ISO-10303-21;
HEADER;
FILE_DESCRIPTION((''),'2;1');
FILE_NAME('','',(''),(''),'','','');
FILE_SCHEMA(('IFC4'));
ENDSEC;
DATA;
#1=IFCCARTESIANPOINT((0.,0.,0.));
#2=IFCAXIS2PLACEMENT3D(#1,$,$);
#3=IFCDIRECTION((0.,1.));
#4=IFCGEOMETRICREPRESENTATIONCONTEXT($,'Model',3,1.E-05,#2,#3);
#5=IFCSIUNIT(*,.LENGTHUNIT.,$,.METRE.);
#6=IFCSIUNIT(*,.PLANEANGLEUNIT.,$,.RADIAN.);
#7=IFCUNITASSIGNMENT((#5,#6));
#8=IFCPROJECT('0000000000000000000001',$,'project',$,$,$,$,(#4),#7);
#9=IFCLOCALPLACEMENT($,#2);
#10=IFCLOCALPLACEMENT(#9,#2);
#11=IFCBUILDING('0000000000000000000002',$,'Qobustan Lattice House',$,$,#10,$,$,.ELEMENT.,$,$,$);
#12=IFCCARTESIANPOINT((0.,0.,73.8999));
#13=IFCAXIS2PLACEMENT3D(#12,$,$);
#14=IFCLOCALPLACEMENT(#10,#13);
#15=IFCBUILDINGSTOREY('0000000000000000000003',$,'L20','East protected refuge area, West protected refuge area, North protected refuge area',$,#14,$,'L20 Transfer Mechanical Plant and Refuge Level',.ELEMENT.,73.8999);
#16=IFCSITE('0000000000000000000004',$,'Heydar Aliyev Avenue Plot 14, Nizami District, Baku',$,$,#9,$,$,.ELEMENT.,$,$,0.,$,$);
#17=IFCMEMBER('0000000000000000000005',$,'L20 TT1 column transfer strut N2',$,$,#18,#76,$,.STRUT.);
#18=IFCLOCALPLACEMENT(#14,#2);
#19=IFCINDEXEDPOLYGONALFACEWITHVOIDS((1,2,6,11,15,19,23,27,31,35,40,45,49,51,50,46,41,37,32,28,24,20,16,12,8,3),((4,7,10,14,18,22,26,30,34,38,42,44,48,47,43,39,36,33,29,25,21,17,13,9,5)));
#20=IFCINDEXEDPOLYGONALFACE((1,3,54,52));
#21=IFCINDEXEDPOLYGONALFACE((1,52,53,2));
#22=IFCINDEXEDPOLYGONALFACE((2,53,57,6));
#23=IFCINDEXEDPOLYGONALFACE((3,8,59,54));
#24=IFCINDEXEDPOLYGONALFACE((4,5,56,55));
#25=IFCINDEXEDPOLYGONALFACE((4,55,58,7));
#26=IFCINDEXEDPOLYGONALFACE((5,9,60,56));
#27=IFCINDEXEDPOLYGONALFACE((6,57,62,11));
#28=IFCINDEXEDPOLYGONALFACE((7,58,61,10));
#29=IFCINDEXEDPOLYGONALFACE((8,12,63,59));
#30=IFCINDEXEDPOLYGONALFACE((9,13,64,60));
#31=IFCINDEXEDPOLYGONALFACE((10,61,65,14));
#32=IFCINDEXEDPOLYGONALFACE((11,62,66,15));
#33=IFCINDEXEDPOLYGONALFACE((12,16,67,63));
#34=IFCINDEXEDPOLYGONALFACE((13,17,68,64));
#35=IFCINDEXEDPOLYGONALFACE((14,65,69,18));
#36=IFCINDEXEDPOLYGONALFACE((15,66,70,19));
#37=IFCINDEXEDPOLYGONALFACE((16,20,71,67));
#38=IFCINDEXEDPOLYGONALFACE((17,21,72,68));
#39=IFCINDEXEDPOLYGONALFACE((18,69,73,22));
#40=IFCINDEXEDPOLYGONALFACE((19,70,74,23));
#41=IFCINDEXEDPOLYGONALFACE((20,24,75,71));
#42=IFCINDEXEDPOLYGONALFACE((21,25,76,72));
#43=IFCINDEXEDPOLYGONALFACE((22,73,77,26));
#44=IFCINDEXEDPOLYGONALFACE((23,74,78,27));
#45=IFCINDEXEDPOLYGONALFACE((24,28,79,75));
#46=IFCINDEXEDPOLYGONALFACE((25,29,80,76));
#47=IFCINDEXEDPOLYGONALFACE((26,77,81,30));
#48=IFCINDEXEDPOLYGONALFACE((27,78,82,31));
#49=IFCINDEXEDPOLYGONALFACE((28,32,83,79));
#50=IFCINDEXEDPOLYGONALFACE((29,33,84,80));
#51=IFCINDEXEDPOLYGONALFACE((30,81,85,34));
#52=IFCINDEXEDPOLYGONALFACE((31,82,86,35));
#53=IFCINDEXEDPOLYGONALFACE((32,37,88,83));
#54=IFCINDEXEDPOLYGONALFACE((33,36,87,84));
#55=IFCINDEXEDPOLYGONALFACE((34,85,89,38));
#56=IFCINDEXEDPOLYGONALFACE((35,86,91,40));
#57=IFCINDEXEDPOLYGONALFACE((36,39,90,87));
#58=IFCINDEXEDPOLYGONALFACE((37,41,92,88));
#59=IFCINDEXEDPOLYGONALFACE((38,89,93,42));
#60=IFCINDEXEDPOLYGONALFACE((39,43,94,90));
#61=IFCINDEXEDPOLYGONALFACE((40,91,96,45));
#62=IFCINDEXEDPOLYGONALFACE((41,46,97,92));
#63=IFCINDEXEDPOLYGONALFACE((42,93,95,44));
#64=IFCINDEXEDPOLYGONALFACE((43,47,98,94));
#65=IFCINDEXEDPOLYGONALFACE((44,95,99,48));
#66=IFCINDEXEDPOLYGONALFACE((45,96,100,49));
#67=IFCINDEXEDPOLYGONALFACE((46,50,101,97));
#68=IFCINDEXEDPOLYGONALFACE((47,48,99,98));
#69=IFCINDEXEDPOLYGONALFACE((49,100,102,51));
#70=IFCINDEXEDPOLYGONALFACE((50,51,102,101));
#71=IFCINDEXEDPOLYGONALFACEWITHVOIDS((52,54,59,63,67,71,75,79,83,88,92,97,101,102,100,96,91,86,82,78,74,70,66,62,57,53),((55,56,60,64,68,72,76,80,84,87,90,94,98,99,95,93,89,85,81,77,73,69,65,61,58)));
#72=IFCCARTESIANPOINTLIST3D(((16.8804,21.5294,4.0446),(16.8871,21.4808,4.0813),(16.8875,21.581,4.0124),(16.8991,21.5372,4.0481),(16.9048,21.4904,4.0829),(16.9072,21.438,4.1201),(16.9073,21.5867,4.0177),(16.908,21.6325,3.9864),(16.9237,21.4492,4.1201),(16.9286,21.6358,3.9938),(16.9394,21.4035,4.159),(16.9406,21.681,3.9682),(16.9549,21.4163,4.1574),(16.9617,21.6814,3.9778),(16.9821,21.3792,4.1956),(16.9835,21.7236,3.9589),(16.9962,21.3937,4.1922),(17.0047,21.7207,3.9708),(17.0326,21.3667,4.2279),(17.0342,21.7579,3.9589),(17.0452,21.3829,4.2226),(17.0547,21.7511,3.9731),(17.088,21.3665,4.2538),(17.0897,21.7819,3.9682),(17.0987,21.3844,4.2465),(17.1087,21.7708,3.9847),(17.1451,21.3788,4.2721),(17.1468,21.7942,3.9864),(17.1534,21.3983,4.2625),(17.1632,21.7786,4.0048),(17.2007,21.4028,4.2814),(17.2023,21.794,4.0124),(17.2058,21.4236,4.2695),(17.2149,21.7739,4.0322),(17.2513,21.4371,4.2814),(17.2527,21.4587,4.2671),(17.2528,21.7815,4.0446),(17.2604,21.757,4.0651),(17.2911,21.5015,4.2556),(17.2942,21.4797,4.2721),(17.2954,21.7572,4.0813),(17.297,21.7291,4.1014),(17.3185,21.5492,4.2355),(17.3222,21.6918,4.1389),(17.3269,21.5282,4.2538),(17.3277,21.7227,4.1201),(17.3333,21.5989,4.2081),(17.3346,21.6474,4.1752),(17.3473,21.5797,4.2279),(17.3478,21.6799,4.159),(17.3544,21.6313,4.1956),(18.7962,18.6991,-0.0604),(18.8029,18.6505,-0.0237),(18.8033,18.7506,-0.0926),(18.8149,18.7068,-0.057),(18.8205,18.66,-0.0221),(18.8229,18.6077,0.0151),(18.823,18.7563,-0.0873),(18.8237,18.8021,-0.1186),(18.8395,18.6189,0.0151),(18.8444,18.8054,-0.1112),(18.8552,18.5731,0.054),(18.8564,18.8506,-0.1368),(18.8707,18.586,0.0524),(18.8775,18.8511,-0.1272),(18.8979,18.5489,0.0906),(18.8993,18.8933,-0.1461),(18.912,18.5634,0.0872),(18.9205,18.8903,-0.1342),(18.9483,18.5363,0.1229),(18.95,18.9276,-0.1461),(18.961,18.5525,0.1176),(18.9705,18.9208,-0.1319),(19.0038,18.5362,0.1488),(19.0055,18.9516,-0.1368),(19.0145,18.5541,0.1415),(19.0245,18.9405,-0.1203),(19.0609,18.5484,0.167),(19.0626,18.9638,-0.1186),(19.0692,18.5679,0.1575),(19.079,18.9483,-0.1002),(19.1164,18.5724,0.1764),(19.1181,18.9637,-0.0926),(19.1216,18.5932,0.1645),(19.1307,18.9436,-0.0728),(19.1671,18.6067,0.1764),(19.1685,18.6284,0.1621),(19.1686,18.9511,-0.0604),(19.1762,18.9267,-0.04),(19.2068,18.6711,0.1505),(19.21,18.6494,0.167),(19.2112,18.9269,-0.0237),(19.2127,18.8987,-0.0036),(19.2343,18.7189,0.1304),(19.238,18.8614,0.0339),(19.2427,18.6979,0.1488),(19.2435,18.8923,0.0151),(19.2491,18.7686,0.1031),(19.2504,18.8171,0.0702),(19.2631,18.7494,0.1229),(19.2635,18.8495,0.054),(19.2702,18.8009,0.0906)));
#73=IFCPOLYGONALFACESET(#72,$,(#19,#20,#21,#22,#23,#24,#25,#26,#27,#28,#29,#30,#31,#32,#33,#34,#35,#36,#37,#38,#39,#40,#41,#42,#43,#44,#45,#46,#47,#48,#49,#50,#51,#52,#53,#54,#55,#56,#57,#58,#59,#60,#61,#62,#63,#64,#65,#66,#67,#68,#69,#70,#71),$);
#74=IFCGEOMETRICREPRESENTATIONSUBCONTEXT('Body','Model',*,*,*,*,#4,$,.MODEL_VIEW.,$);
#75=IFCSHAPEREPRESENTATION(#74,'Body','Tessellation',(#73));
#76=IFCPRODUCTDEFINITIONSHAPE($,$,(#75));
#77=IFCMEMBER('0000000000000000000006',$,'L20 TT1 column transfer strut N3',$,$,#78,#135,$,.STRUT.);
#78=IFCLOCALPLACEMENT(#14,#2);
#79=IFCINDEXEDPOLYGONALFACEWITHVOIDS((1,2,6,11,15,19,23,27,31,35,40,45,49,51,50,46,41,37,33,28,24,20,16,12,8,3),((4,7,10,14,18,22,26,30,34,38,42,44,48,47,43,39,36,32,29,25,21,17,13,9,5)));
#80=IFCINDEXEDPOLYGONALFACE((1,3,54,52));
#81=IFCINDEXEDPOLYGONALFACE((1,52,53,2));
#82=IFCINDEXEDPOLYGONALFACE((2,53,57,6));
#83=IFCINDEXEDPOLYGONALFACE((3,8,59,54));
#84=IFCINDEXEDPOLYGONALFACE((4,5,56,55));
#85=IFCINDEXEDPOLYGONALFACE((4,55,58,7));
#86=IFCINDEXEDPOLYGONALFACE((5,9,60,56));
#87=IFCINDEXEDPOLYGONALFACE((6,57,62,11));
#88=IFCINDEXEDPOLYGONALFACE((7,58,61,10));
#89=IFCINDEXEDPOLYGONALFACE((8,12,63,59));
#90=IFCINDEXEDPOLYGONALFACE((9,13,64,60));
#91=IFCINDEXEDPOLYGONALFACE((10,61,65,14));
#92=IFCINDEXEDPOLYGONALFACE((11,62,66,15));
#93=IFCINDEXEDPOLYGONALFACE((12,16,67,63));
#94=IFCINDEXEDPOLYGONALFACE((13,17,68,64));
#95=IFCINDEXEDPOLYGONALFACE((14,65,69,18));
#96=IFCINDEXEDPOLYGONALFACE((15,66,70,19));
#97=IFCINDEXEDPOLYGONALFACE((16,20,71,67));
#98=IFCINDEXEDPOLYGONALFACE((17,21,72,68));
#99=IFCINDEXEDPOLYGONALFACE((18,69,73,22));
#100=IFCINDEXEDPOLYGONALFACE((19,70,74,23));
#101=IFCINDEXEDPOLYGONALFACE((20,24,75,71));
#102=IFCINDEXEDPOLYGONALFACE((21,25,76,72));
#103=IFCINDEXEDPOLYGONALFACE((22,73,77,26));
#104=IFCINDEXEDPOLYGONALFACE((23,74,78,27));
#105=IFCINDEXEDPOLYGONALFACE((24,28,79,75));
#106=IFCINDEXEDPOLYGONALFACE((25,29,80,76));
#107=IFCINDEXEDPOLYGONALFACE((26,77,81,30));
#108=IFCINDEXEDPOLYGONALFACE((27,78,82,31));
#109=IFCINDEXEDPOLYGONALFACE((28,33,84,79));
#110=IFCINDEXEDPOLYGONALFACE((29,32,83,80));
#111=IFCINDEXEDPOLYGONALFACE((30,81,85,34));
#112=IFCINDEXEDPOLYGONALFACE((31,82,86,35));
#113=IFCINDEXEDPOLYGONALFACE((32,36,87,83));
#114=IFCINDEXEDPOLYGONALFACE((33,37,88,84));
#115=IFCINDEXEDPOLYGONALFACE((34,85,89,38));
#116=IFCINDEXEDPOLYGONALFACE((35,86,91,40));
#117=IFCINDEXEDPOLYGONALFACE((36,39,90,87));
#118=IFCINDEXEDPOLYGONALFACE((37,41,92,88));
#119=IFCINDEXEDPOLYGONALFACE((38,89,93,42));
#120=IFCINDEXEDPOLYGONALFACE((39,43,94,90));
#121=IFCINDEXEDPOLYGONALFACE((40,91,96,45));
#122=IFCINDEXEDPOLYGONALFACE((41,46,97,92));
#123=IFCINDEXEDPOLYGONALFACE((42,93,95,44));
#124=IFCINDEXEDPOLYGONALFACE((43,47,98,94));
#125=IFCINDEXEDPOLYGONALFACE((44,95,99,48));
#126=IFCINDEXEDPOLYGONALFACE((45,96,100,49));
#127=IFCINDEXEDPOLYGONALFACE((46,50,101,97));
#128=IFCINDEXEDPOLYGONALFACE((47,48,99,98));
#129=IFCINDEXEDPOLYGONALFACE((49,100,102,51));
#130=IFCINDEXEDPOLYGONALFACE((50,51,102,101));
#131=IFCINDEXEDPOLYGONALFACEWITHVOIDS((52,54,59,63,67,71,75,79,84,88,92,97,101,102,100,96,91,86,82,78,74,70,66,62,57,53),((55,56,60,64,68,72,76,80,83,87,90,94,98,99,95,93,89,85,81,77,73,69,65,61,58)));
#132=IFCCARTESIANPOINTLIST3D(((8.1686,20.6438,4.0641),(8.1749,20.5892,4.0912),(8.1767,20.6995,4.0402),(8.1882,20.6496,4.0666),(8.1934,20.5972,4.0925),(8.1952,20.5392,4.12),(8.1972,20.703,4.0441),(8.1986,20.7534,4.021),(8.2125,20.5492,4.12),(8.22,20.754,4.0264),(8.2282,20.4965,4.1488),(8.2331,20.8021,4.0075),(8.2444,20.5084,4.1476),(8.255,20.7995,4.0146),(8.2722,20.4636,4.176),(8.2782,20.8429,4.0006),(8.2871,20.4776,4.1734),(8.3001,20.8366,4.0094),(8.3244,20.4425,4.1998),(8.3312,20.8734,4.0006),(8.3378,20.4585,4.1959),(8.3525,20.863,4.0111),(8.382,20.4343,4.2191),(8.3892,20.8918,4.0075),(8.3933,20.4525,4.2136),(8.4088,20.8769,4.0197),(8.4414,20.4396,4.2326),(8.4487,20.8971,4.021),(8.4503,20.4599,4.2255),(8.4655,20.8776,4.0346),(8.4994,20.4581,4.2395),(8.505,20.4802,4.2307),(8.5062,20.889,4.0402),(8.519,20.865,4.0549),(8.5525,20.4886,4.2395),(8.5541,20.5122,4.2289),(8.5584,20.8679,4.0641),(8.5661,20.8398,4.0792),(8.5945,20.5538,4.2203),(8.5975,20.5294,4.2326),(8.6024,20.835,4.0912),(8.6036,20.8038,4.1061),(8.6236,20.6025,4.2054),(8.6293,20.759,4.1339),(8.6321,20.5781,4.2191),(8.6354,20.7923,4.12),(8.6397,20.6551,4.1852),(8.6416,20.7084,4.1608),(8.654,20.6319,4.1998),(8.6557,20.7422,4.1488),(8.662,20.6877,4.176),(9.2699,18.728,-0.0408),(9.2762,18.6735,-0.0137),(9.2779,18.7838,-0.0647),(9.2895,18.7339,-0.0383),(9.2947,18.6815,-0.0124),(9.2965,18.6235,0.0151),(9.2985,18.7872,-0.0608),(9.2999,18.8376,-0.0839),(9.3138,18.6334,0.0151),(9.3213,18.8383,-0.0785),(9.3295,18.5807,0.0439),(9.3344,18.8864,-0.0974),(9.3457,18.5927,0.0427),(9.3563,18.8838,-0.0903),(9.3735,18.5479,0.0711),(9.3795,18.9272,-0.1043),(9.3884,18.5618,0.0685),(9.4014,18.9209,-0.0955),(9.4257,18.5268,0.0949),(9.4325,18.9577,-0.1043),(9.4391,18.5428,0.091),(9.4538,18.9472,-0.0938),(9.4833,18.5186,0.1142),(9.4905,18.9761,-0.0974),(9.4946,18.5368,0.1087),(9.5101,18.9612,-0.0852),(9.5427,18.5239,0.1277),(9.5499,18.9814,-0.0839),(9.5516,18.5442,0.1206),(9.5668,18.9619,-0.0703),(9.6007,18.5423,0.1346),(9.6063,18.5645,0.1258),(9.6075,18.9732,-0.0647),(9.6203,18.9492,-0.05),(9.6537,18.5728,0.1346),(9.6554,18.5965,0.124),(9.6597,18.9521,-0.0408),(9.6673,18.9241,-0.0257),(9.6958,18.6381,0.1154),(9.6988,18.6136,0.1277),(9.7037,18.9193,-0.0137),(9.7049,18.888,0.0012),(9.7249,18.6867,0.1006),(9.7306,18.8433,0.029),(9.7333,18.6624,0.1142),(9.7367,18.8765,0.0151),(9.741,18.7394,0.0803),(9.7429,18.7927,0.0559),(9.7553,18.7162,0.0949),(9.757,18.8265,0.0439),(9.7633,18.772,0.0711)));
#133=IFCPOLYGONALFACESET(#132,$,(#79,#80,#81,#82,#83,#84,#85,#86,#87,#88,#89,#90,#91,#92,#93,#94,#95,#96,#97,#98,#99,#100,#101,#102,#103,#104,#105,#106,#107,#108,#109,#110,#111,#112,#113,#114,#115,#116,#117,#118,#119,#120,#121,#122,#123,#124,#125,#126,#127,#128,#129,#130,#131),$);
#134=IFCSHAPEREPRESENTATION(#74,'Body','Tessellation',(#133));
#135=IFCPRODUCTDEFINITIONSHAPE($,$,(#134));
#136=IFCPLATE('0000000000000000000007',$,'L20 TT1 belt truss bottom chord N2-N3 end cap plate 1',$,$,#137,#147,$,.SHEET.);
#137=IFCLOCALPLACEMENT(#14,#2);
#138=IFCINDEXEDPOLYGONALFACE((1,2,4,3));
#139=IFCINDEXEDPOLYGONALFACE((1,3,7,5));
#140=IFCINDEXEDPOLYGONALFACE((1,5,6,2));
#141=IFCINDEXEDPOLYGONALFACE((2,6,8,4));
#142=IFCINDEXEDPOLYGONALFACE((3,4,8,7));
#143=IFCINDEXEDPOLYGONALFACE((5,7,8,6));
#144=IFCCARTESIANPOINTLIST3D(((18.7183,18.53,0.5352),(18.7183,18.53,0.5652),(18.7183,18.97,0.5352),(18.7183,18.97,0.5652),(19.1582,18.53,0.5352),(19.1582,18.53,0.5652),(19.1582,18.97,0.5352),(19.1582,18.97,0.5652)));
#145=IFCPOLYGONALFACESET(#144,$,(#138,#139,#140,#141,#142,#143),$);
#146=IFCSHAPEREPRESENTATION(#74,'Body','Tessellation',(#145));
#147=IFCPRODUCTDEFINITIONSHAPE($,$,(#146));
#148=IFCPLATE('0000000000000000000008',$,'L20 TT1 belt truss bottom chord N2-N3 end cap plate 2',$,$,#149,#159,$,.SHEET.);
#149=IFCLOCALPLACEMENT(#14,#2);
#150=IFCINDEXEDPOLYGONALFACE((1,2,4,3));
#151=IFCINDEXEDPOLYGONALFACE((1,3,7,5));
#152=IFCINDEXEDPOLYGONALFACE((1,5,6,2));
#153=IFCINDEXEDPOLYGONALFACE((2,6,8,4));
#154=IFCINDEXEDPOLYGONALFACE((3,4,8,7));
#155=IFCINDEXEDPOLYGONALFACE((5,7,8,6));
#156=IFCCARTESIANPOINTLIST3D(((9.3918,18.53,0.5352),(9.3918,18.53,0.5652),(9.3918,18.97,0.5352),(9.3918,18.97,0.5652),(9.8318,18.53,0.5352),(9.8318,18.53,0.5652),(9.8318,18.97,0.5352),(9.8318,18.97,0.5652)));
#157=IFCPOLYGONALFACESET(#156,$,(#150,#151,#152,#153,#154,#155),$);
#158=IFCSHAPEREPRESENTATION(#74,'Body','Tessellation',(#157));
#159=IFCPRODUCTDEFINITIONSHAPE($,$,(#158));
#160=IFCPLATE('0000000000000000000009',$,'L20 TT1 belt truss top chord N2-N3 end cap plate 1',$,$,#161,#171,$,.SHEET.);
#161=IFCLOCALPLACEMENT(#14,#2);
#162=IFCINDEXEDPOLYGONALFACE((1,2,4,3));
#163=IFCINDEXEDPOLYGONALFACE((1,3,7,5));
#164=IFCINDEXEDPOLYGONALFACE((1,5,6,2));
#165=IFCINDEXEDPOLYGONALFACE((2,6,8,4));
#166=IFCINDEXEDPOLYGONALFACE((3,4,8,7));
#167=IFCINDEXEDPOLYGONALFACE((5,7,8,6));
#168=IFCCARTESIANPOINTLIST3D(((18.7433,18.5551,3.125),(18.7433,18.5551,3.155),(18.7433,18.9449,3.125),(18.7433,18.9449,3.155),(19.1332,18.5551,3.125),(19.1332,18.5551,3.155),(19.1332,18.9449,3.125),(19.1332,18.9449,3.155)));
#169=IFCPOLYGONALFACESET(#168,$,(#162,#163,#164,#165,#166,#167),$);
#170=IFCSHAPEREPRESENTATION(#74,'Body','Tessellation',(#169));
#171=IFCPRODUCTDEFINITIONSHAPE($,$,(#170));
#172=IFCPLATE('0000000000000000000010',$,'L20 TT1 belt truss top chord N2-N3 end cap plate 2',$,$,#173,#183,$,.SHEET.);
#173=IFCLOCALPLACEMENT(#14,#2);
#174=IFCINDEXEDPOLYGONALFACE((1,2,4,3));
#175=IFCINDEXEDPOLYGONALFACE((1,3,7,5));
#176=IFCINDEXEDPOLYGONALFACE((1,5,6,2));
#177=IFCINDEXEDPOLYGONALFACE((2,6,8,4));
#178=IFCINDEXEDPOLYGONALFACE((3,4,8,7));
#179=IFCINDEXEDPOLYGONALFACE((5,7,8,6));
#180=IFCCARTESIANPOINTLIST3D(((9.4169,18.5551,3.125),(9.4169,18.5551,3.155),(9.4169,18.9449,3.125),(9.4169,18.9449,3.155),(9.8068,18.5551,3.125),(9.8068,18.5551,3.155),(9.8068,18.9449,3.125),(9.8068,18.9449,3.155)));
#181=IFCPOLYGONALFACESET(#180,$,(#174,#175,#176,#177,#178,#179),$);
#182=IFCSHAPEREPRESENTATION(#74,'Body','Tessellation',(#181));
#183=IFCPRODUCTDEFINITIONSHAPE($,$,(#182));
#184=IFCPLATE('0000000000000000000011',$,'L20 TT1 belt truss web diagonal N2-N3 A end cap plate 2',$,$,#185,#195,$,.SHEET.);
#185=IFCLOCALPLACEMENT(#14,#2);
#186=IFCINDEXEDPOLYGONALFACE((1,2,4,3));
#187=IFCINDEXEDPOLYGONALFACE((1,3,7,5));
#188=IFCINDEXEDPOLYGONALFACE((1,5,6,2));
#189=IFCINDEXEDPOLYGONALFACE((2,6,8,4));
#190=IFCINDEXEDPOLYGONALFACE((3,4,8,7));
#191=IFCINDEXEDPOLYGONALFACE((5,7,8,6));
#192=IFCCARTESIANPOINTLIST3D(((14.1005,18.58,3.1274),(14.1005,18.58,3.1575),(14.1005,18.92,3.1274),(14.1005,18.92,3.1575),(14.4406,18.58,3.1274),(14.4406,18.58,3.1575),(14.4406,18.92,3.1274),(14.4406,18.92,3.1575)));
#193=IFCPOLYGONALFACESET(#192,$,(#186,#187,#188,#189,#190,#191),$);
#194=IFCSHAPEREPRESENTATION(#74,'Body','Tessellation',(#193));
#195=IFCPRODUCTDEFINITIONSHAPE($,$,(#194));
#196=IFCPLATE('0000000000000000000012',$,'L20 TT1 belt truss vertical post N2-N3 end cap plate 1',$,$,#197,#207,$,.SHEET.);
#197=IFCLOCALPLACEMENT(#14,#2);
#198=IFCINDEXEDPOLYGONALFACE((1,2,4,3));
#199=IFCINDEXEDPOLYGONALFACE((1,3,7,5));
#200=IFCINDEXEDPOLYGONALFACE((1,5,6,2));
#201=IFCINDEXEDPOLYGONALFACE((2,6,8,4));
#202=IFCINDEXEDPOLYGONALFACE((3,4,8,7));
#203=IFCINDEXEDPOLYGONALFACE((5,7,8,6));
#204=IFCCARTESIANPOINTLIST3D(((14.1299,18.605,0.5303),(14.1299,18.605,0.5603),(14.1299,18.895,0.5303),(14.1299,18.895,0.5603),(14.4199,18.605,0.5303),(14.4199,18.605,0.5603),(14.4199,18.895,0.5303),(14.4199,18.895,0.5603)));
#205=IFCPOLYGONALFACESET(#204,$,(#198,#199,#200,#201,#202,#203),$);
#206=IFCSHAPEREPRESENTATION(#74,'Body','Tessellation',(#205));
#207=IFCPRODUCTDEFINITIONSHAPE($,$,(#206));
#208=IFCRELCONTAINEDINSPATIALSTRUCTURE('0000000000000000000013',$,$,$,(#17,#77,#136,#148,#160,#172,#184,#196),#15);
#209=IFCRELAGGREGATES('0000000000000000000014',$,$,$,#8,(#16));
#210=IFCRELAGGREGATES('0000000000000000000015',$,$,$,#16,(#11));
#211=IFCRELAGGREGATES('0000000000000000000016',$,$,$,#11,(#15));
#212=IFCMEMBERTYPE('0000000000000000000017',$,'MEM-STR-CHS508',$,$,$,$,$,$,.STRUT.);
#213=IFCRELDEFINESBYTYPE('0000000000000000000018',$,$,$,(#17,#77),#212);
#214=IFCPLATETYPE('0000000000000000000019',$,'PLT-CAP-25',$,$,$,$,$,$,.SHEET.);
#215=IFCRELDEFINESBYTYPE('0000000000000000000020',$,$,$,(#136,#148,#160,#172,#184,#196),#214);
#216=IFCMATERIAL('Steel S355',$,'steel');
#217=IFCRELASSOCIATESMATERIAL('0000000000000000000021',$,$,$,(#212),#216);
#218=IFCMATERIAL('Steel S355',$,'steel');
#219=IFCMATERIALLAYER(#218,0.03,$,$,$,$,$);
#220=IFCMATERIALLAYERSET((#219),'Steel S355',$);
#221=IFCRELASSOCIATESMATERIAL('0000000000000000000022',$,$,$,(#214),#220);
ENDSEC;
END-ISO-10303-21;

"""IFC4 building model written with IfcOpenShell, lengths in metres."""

from ifc_helpers import new_model, si_unit, direction, frame, origin, origin_2d, place, context, subcontext, project, spatial, rectangle, hollow_circle, extrude, material, layer, layer_set, material_profile, profile_set, type_object, element, save


model = new_model("IFC4")

# Units and contexts
model_context = context("Model", 3, precision=1e-05, world=origin(), true_north=direction((0.0, 1.0)))
body_context = subcontext(model_context, "Body", "Model", "MODEL_VIEW")
ifc_project = project(units=[si_unit("LENGTHUNIT", "METRE"), si_unit("PLANEANGLEUNIT", "RADIAN")], contexts=[model_context])

# Site, building, storey
site_placement = place(None, origin())
site = spatial("IfcSite", under=ifc_project, at=site_placement, Name="Heydar Aliyev Avenue Plot 14, Nizami District, Baku", CompositionType="ELEMENT", RefElevation=0.0)
building_placement = place(site_placement, origin())
building = spatial("IfcBuilding", under=site, at=building_placement, Name="Qobustan Lattice House", CompositionType="ELEMENT")
storey_placement = place(building_placement, frame((0.0, 0.0, 73.8999)))
storey = spatial("IfcBuildingStorey", under=building, at=storey_placement, Name="L20", Description="East protected refuge area, West protected refuge area, North protected refuge area", LongName="L20 Transfer Mechanical Plant and Refuge Level", CompositionType="ELEMENT", Elevation=73.8999)

# Members
ifc_material_1 = material(Name="Steel S355", Category="steel")
ifc_material_profile_1 = material_profile(ifc_material_1, hollow_circle(Radius=0.2539, WallThickness=0.02, at=origin_2d()), Name="CHS508x20")
ifc_profile_set_1 = profile_set([ifc_material_profile_1], Name="Steel S355")
member_type_1 = type_object("IfcMemberType", Name="MEM-STR-CHS508", PredefinedType="STRUT", material=ifc_profile_set_1)
member_1_placement = place(storey_placement, frame((19.0332, 18.75, 0.0151), z_axis=(-0.358657, 0.529873, 0.768505), x_axis=(-0.828128, -0.560539, 0.0)))
element("IfcMember", 1, at=member_1_placement, inside=storey, type_object=member_type_1, Name="L20 TT1 column transfer strut N2", PredefinedType="STRUT", context=body_context, shape_type="SweptSolid", body=[
    extrude(hollow_circle(Radius=0.2539, WallThickness=0.02, at=origin_2d()), origin(), (0.0, 0.0, 1.0), 5.3416),
])
member_2_placement = place(storey_placement, frame((9.5166, 18.75, 0.0151), z_axis=(-0.236235, 0.410936, 0.880525), x_axis=(-0.866955, -0.498386, 0.0)))
element("IfcMember", 2, at=member_2_placement, inside=storey, type_object=member_type_1, Name="L20 TT1 column transfer strut N3", PredefinedType="STRUT", context=body_context, shape_type="SweptSolid", body=[
    extrude(hollow_circle(Radius=0.2539, WallThickness=0.02, at=origin_2d()), origin(), (0.0, 0.0, 1.0), 4.6619),
])

# Plates
ifc_material_2 = material(Name="Steel S355", Category="steel")
ifc_layer_1 = layer(ifc_material_2, 0.03)
ifc_layer_set_1 = layer_set([ifc_layer_1], Name="Steel S355")
plate_type = type_object("IfcPlateType", Name="PLT-CAP-25", PredefinedType="SHEET", material=ifc_layer_set_1)
for number, where, z_axis, x_axis, name in (
    (3, (18.9382, 18.75, 0.5352), (0.0, 0.0, 1.0), (-1.0, 0.0, 0.0), "L20 TT1 belt truss bottom chord N2-N3 end cap plate 1"),
    (4, (9.6118, 18.75, 0.5352), (0.0, 0.0, 1.0), (-1.0, 0.0, 0.0), "L20 TT1 belt truss bottom chord N2-N3 end cap plate 2"),
):
    element("IfcPlate", number, at=place(storey_placement, frame(where, z_axis=z_axis, x_axis=x_axis)), inside=storey, type_object=plate_type, Name=name, PredefinedType="SHEET", context=body_context, shape_type="SweptSolid", body=[
        extrude(rectangle(XDim=0.4399, YDim=0.4399, at=origin_2d()), origin(), (0.0, 0.0, 1.0), 0.03),
    ])
for number, where, z_axis, x_axis, name in (
    (5, (18.9382, 18.75, 3.125), (0.0, 0.0, 1.0), (-1.0, 0.0, 0.0), "L20 TT1 belt truss top chord N2-N3 end cap plate 1"),
    (6, (9.6118, 18.75, 3.125), (0.0, 0.0, 1.0), (-1.0, 0.0, 0.0), "L20 TT1 belt truss top chord N2-N3 end cap plate 2"),
):
    element("IfcPlate", number, at=place(storey_placement, frame(where, z_axis=z_axis, x_axis=x_axis)), inside=storey, type_object=plate_type, Name=name, PredefinedType="SHEET", context=body_context, shape_type="SweptSolid", body=[
        extrude(rectangle(XDim=0.3899, YDim=0.3899, at=origin_2d()), origin(), (0.0, 0.0, 1.0), 0.03),
    ])
plate_1_placement = place(storey_placement, frame((14.2705, 18.75, 3.1274), z_axis=(0.0, 0.0, 1.0), x_axis=(-1.0, 0.0, 0.0)))
element("IfcPlate", 7, at=plate_1_placement, inside=storey, type_object=plate_type, Name="L20 TT1 belt truss web diagonal N2-N3 A end cap plate 2", PredefinedType="SHEET", context=body_context, shape_type="SweptSolid", body=[
    extrude(rectangle(XDim=0.3401, YDim=0.3401, at=origin_2d()), origin(), (0.0, 0.0, 1.0), 0.03),
])
plate_2_placement = place(storey_placement, frame((14.2749, 18.75, 0.5303), z_axis=(0.0, 0.0, 1.0), x_axis=(1.0, 0.0, 0.0)))
element("IfcPlate", 8, at=plate_2_placement, inside=storey, type_object=plate_type, Name="L20 TT1 belt truss vertical post N2-N3 end cap plate 1", PredefinedType="SHEET", context=body_context, shape_type="SweptSolid", body=[
    extrude(rectangle(XDim=0.29, YDim=0.29, at=origin_2d()), origin(), (0.0, 0.0, 1.0), 0.03),
])

save(model, "model.ifc")
